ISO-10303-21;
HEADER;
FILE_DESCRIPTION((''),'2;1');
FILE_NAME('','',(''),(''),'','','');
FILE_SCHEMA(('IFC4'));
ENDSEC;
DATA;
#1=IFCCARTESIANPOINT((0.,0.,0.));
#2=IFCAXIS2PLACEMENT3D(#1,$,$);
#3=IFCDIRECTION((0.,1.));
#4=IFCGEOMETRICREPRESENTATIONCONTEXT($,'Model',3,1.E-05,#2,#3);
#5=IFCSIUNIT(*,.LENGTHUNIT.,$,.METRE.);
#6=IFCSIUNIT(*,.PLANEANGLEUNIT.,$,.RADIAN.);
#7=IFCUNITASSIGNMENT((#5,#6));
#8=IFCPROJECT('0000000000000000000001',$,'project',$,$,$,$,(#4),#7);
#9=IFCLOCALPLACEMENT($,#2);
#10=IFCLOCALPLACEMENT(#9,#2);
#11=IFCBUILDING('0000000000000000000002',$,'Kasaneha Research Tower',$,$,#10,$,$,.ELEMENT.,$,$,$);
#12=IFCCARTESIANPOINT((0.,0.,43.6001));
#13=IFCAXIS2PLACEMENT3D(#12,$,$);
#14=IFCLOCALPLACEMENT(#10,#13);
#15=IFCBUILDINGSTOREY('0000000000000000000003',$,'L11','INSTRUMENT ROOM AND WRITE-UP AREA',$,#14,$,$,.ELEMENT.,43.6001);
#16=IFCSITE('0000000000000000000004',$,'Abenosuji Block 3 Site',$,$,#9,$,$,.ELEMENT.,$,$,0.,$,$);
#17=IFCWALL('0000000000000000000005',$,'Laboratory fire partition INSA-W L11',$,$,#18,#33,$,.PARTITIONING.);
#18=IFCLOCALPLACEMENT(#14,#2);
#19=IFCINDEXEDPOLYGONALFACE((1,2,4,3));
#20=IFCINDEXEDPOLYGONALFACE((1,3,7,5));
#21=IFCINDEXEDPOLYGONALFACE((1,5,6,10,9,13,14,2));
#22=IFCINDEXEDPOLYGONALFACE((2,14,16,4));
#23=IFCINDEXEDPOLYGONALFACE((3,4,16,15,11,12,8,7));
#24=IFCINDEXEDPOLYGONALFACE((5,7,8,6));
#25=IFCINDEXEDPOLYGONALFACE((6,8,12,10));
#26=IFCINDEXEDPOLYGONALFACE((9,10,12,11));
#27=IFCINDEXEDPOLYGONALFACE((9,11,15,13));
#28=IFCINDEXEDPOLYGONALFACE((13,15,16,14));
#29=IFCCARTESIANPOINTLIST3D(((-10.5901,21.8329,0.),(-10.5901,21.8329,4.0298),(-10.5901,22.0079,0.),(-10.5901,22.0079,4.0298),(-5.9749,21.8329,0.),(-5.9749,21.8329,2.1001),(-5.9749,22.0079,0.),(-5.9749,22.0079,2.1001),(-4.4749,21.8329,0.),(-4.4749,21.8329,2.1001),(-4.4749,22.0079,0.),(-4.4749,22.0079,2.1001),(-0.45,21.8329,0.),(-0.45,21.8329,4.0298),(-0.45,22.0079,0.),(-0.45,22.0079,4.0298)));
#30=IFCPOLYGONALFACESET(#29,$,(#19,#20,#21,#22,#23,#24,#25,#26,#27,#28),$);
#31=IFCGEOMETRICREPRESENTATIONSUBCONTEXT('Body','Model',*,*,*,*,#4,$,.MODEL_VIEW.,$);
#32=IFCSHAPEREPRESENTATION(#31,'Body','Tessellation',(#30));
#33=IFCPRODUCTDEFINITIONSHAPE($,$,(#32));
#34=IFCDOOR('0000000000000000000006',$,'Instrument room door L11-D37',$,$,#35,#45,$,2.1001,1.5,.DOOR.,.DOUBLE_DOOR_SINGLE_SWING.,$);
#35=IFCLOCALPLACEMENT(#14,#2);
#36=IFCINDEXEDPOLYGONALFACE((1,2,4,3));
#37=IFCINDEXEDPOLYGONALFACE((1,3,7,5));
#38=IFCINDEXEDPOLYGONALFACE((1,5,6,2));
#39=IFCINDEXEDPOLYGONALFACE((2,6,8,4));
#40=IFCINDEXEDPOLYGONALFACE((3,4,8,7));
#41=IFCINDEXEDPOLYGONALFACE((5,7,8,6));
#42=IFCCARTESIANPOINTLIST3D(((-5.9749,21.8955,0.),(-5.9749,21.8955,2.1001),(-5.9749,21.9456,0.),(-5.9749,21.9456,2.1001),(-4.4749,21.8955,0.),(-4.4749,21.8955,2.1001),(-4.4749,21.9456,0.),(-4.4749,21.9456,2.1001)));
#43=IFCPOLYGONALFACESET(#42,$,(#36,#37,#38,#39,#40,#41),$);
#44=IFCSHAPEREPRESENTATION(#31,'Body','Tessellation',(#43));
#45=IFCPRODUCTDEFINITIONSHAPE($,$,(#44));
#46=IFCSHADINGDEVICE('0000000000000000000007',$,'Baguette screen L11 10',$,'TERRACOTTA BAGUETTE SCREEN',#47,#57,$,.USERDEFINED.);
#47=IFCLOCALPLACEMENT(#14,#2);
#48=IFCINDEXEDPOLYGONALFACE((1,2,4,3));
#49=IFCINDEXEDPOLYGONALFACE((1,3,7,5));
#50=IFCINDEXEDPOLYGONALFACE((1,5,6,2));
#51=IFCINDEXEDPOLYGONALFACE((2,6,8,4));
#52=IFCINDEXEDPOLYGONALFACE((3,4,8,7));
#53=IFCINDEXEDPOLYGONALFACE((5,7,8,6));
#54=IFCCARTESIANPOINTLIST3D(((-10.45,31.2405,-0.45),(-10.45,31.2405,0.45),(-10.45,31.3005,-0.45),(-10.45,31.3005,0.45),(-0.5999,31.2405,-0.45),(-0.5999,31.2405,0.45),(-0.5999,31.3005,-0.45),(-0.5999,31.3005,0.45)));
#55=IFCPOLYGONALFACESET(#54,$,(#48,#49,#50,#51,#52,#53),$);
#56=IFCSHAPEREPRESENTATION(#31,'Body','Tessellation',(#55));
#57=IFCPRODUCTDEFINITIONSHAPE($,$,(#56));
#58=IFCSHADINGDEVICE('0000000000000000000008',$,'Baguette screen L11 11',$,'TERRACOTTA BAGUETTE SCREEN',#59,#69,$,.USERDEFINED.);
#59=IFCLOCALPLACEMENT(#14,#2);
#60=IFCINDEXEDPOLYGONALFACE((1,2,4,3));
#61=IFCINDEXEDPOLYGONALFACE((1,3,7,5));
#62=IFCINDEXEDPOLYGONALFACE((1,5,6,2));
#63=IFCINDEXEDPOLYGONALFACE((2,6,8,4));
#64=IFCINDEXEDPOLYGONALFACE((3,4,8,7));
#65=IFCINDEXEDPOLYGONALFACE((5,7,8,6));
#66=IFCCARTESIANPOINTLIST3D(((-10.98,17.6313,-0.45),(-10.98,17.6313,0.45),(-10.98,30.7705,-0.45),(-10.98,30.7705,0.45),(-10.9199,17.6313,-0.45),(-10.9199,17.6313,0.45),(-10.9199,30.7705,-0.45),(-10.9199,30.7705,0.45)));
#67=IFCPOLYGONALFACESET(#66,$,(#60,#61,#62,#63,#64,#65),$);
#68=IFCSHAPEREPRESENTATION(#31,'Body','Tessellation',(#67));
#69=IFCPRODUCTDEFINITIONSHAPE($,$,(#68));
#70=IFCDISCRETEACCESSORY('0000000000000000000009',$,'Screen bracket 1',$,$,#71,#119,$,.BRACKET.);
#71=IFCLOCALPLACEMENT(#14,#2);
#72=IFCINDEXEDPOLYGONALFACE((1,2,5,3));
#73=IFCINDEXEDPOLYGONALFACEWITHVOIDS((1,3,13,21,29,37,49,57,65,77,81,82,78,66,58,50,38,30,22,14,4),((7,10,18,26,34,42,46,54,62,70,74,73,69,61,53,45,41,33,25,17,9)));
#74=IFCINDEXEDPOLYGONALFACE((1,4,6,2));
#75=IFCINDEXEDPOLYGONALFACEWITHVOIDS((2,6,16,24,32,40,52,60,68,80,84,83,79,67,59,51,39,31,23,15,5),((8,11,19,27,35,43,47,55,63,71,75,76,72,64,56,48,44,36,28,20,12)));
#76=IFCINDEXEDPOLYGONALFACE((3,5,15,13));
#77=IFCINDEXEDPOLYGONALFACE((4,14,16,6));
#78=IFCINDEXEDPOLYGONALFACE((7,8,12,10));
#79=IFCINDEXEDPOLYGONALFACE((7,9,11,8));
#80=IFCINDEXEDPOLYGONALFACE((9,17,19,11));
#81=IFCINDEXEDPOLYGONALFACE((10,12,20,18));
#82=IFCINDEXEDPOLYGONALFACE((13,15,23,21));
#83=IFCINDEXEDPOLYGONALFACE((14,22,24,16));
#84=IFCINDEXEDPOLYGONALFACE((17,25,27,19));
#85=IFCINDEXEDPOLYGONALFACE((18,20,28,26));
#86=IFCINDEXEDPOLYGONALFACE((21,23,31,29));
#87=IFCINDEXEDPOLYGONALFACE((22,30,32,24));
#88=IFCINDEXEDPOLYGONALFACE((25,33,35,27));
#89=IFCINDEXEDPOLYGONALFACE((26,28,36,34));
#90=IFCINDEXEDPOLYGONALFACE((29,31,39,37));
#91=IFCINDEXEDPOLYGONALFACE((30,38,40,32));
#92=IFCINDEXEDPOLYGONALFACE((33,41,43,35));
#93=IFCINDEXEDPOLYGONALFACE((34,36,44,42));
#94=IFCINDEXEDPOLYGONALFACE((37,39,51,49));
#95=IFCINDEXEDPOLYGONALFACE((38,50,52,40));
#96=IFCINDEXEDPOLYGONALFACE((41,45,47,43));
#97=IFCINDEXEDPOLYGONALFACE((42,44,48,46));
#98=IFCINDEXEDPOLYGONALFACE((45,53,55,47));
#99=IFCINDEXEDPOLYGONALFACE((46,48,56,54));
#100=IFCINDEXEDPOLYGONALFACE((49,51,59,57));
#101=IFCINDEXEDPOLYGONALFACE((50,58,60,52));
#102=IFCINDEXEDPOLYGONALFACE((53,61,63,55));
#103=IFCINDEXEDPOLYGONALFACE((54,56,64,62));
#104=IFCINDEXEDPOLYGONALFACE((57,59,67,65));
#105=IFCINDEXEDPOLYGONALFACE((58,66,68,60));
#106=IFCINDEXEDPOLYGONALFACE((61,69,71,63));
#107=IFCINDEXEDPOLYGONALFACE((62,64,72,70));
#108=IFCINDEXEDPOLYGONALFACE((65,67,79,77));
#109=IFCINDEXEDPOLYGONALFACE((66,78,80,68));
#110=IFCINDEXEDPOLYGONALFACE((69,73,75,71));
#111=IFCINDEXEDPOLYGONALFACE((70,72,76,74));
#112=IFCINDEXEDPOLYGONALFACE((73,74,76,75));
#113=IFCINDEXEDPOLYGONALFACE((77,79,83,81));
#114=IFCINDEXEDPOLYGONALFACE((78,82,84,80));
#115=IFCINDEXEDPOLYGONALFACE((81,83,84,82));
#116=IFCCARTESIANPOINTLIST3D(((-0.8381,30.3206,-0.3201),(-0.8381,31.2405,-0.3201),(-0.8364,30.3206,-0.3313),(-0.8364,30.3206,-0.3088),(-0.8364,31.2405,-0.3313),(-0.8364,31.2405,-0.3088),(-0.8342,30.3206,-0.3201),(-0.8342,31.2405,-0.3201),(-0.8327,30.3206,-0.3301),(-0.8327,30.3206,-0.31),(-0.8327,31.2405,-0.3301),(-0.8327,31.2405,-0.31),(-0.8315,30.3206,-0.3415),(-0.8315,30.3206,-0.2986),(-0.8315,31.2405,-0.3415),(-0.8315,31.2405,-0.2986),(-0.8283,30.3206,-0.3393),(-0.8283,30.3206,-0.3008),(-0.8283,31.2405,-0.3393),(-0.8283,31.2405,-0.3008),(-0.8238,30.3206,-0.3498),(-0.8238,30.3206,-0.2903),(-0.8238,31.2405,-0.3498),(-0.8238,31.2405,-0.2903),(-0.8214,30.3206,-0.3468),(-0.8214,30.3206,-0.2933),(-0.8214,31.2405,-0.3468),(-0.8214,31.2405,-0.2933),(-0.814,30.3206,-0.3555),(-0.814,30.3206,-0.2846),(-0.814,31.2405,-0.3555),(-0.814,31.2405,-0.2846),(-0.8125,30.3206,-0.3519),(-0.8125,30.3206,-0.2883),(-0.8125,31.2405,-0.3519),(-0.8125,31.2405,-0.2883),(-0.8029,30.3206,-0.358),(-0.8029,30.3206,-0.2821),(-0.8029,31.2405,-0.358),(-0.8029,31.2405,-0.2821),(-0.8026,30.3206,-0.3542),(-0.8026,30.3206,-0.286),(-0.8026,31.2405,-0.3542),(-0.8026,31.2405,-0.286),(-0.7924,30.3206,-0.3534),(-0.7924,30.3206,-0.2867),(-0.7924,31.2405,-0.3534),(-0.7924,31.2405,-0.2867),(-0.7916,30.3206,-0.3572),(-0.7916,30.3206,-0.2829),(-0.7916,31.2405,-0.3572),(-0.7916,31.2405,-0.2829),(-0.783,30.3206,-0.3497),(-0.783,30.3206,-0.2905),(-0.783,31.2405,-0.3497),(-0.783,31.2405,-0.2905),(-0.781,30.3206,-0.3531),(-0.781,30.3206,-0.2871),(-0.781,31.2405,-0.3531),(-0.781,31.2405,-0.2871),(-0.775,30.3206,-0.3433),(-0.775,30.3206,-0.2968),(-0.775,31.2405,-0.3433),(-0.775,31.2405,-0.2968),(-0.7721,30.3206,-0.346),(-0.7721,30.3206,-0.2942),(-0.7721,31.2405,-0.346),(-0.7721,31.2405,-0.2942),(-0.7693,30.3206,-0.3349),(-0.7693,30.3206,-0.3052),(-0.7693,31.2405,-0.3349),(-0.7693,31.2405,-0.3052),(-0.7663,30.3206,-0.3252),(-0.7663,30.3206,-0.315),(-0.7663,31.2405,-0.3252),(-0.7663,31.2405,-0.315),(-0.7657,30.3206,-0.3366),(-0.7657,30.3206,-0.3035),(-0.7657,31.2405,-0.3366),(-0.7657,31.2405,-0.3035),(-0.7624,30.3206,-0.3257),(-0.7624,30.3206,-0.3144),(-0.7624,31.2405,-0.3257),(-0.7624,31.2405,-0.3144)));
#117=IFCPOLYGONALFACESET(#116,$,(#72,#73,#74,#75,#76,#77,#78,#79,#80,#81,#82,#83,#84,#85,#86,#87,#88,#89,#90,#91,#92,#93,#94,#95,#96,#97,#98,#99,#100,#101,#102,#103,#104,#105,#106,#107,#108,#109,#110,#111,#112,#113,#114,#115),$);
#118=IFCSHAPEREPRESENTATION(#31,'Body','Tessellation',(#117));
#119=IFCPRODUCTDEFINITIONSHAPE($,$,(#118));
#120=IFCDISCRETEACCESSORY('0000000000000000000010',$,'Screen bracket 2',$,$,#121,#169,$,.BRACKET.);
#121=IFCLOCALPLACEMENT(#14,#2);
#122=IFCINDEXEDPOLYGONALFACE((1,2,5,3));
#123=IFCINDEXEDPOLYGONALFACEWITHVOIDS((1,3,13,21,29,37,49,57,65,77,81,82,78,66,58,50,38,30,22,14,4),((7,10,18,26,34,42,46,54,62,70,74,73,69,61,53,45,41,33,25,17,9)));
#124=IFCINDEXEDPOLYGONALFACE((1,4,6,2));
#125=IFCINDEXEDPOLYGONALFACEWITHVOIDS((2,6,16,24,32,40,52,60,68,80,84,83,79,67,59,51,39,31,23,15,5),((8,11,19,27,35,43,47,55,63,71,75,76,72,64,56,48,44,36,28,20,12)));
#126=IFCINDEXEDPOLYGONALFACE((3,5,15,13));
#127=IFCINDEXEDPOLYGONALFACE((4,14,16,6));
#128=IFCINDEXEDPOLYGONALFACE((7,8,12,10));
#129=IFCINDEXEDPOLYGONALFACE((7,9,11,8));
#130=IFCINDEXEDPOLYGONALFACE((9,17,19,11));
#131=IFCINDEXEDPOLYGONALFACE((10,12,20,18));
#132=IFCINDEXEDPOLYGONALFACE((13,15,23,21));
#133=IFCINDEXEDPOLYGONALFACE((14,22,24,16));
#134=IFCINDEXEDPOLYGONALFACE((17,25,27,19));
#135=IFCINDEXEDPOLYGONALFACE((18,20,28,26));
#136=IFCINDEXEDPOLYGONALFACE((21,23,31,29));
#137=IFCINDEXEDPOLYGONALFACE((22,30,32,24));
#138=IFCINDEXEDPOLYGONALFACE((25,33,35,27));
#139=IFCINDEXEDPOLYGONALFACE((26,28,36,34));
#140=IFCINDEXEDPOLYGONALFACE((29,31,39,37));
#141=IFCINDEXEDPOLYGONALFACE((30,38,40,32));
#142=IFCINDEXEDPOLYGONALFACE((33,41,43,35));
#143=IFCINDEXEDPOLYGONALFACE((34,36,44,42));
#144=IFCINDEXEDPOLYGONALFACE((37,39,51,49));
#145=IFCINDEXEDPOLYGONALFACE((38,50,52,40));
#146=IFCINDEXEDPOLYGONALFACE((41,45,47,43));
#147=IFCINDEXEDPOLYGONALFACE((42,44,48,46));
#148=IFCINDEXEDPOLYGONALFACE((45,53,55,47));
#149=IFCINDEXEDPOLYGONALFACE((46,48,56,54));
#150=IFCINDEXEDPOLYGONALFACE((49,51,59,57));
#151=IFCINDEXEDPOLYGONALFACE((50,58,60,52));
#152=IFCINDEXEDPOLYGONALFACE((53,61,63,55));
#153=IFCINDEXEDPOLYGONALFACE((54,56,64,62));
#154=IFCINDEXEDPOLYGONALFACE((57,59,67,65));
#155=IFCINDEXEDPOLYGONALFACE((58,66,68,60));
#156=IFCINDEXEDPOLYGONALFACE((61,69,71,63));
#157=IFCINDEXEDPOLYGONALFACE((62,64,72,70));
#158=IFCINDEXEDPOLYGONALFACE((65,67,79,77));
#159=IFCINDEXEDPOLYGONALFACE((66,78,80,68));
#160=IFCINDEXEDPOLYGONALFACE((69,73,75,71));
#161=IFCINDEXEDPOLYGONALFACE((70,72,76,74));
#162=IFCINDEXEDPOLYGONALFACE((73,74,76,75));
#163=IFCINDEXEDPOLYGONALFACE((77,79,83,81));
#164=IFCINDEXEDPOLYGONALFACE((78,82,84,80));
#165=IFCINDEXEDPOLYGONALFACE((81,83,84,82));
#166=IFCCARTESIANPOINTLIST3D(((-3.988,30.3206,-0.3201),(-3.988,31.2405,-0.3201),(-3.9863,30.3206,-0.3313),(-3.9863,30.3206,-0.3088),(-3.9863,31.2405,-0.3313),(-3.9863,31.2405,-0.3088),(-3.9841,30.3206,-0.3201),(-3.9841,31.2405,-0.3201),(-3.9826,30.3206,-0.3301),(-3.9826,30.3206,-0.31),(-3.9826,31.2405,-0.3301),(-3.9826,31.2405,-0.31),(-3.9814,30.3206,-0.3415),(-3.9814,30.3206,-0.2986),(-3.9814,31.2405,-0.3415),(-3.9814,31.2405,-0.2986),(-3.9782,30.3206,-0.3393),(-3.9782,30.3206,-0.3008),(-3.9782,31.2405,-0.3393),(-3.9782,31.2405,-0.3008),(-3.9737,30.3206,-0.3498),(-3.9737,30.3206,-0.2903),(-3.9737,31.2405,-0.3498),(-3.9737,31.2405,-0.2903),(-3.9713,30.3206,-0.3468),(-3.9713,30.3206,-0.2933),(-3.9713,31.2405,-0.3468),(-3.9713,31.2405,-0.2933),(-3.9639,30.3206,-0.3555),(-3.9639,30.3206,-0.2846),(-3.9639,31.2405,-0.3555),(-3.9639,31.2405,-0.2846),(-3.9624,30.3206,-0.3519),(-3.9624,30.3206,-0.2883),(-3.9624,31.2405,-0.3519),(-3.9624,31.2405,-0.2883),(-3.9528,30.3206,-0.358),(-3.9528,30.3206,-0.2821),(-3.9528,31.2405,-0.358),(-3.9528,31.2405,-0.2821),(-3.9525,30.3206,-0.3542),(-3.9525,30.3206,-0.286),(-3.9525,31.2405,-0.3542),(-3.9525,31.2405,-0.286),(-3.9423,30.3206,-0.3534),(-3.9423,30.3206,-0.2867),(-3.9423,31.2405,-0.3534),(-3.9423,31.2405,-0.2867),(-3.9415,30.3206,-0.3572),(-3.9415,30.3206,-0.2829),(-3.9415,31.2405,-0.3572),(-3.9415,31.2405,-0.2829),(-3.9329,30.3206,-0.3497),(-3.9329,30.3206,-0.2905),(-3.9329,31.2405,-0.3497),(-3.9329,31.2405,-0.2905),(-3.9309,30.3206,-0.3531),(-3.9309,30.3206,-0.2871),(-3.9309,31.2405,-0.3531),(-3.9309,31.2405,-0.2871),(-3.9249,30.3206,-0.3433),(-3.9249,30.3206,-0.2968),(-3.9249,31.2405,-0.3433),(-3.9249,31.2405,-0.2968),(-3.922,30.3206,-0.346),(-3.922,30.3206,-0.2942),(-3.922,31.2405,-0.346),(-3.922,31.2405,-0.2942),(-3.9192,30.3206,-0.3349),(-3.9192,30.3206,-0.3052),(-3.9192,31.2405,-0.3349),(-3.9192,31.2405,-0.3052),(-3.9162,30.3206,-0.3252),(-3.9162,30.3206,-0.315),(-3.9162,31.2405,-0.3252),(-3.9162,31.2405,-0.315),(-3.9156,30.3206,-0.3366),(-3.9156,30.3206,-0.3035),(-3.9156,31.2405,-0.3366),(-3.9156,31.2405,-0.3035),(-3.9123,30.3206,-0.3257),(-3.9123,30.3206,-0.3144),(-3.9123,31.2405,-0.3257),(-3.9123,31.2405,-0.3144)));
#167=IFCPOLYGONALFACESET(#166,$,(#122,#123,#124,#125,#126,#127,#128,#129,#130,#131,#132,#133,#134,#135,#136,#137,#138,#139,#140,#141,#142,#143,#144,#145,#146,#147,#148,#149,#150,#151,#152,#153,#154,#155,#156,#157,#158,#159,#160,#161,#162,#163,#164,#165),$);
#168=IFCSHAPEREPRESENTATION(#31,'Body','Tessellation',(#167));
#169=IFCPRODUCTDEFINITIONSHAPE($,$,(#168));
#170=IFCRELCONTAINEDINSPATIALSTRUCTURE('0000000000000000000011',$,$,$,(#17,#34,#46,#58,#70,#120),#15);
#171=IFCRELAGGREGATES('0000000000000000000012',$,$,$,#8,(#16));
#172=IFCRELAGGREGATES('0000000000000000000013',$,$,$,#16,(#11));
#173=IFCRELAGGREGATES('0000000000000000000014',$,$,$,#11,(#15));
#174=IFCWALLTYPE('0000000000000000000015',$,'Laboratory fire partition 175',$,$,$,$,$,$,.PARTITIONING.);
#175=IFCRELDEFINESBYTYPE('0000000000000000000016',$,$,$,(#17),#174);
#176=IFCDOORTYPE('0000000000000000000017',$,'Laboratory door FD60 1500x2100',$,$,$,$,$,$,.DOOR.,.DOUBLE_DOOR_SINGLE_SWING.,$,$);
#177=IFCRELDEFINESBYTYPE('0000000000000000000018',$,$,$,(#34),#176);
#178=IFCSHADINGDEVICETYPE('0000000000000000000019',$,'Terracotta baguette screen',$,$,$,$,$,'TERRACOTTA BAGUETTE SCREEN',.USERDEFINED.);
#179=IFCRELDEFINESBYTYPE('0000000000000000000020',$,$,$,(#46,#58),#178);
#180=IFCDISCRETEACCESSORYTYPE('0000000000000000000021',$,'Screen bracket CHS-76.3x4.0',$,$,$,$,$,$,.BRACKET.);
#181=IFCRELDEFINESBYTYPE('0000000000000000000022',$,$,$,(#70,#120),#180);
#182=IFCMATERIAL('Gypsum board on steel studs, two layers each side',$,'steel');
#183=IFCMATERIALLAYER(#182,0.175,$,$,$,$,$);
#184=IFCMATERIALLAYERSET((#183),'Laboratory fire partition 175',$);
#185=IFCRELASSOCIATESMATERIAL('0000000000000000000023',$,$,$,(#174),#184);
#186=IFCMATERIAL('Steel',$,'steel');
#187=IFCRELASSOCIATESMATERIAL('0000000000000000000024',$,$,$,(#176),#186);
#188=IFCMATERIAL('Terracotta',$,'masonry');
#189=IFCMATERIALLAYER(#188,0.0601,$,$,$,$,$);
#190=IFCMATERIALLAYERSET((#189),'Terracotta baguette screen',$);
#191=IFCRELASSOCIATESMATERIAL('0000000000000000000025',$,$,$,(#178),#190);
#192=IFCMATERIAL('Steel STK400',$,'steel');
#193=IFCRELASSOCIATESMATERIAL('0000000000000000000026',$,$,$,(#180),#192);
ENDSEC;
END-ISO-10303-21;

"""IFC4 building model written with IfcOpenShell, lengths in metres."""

from ifc_helpers import new_model, si_unit, direction, frame, frame_2d, origin, origin_2d, place, context, subcontext, project, spatial, rectangle, hollow_circle, extrude, material, layer, layer_set, material_profile, profile_set, type_object, element, fill, save


model = new_model("IFC4")

# Units and contexts
model_context = context("Model", 3, precision=1e-05, world=origin(), true_north=direction((0.0, 1.0)))
body_context = subcontext(model_context, "Body", "Model", "MODEL_VIEW")
ifc_project = project(units=[si_unit("LENGTHUNIT", "METRE"), si_unit("PLANEANGLEUNIT", "RADIAN")], contexts=[model_context])

# Site, building, storey
site_placement = place(None, origin())
site = spatial("IfcSite", under=ifc_project, at=site_placement, Name="Abenosuji Block 3 Site", CompositionType="ELEMENT", RefElevation=0.0)
building_placement = place(site_placement, origin())
building = spatial("IfcBuilding", under=site, at=building_placement, Name="Kasaneha Research Tower", CompositionType="ELEMENT")
storey_placement = place(building_placement, frame((0.0, 0.0, 43.6001)))
storey = spatial("IfcBuildingStorey", under=building, at=storey_placement, Name="L11", Description="INSTRUMENT ROOM AND WRITE-UP AREA", CompositionType="ELEMENT", Elevation=43.6001)

# Wall, opening, door
ifc_material_1 = material(Name="Gypsum board on steel studs, two layers each side", Category="steel")
ifc_layer_1 = layer(ifc_material_1, 0.175)
ifc_layer_set_1 = layer_set([ifc_layer_1], Name="Laboratory fire partition 175")
wall_type = type_object("IfcWallType", Name="Laboratory fire partition 175", PredefinedType="PARTITIONING", material=ifc_layer_set_1)
wall_placement = place(storey_placement, frame((-0.45, 21.9204, 0.0), z_axis=(0.0, 0.0, 1.0), x_axis=(-1.0, 0.0, 0.0)))
wall = element("IfcWall", 1, at=wall_placement, inside=storey, type_object=wall_type, Name="Laboratory fire partition INSA-W L11", PredefinedType="PARTITIONING", context=body_context, shape_type="SweptSolid", body=[
    extrude(rectangle(XDim=10.1401, YDim=0.175, at=frame_2d((5.0701, 0.0))), origin(), (0.0, 0.0, 1.0), 4.0298),
])
opening_placement = place(wall_placement, frame((4.0249, 0.0, 0.0)))
opening = element("IfcOpeningElement", 2, at=opening_placement, cuts=wall, PredefinedType="OPENING", context=body_context, shape_type="SweptSolid", body=[
    extrude(rectangle(XDim=1.5, YDim=2.1001, at=frame_2d((0.75, 1.05))), frame((0.0, 0.0977, 0.0), z_axis=(0.0, -1.0, 0.0), x_axis=(1.0, 0.0, 0.0)), (0.0, 0.0, 1.0), 0.1951),
])
ifc_material_2 = material(Name="Steel", Category="steel")
door_type = type_object("IfcDoorType", Name="Laboratory door FD60 1500x2100", OperationType="DOUBLE_DOOR_SINGLE_SWING", PredefinedType="DOOR", material=ifc_material_2)
door_placement = place(opening_placement, origin())
door = element("IfcDoor", 3, at=door_placement, inside=storey, type_object=door_type, Name="Instrument room door L11-D37", OperationType="DOUBLE_DOOR_SINGLE_SWING", OverallHeight=2.1001, OverallWidth=1.5, PredefinedType="DOOR", context=body_context, shape_type="SweptSolid", body=[
    extrude(rectangle(XDim=1.5, YDim=2.1001, at=frame_2d((0.75, 1.05))), frame((0.0, 0.0249, 0.0), z_axis=(0.0, -1.0, 0.0), x_axis=(1.0, 0.0, 0.0)), (0.0, 0.0, 1.0), 0.05),
])
fill(opening, door)

# Shading devices
ifc_material_3 = material(Name="Terracotta", Category="masonry")
ifc_layer_2 = layer(ifc_material_3, 0.0601)
ifc_layer_set_2 = layer_set([ifc_layer_2], Name="Terracotta baguette screen")
shading_device_type = type_object("IfcShadingDeviceType", Name="Terracotta baguette screen", ElementType="TERRACOTTA BAGUETTE SCREEN", PredefinedType="USERDEFINED", material=ifc_layer_set_2)
shading_device_1_placement = place(storey_placement, frame((-5.5249, 31.2705, -0.45), z_axis=(0.0, 0.0, 1.0), x_axis=(-1.0, 0.0, 0.0)))
element("IfcShadingDevice", 4, at=shading_device_1_placement, inside=storey, type_object=shading_device_type, Name="Baguette screen L11 10", ObjectType="TERRACOTTA BAGUETTE SCREEN", PredefinedType="USERDEFINED", context=body_context, shape_type="SweptSolid", body=[
    extrude(rectangle(XDim=9.8501, YDim=0.0601, at=origin_2d()), origin(), (0.0, 0.0, 1.0), 0.8999),
])
shading_device_2_placement = place(storey_placement, frame((-10.95, 24.2009, -0.45), z_axis=(0.0, 0.0, 1.0), x_axis=(0.0, -1.0, 0.0)))
element("IfcShadingDevice", 5, at=shading_device_2_placement, inside=storey, type_object=shading_device_type, Name="Baguette screen L11 11", ObjectType="TERRACOTTA BAGUETTE SCREEN", PredefinedType="USERDEFINED", context=body_context, shape_type="SweptSolid", body=[
    extrude(rectangle(XDim=13.1392, YDim=0.0601, at=origin_2d()), origin(), (0.0, 0.0, 1.0), 0.8999),
])

# Discrete accessories
ifc_material_4 = material(Name="Steel STK400", Category="steel")
ifc_material_profile_1 = material_profile(ifc_material_4, hollow_circle(Radius=0.0381, WallThickness=0.0039, at=origin_2d()), Name="CHS-76.3x4.0")
ifc_profile_set_1 = profile_set([ifc_material_profile_1], Name="Steel STK400")
discrete_accessory_type = type_object("IfcDiscreteAccessoryType", Name="Screen bracket CHS-76.3x4.0", PredefinedType="BRACKET", material=ifc_profile_set_1)
for number, where, z_axis, x_axis, name in (
    (6, (-0.8, 30.3206, -0.3201), (0.0, 1.0, 0.0), (-1.0, 0.0, 0.0), "Screen bracket 1"),
    (7, (-3.95, 30.3206, -0.3201), (0.0, 1.0, 0.0), (-1.0, 0.0, 0.0), "Screen bracket 2"),
):
    element("IfcDiscreteAccessory", number, at=place(storey_placement, frame(where, z_axis=z_axis, x_axis=x_axis)), inside=storey, type_object=discrete_accessory_type, Name=name, PredefinedType="BRACKET", context=body_context, shape_type="SweptSolid", body=[
        extrude(hollow_circle(Radius=0.0381, WallThickness=0.0039, at=origin_2d()), origin(), (0.0, 0.0, 1.0), 0.9199),
    ])

save(model, "model.ifc")
